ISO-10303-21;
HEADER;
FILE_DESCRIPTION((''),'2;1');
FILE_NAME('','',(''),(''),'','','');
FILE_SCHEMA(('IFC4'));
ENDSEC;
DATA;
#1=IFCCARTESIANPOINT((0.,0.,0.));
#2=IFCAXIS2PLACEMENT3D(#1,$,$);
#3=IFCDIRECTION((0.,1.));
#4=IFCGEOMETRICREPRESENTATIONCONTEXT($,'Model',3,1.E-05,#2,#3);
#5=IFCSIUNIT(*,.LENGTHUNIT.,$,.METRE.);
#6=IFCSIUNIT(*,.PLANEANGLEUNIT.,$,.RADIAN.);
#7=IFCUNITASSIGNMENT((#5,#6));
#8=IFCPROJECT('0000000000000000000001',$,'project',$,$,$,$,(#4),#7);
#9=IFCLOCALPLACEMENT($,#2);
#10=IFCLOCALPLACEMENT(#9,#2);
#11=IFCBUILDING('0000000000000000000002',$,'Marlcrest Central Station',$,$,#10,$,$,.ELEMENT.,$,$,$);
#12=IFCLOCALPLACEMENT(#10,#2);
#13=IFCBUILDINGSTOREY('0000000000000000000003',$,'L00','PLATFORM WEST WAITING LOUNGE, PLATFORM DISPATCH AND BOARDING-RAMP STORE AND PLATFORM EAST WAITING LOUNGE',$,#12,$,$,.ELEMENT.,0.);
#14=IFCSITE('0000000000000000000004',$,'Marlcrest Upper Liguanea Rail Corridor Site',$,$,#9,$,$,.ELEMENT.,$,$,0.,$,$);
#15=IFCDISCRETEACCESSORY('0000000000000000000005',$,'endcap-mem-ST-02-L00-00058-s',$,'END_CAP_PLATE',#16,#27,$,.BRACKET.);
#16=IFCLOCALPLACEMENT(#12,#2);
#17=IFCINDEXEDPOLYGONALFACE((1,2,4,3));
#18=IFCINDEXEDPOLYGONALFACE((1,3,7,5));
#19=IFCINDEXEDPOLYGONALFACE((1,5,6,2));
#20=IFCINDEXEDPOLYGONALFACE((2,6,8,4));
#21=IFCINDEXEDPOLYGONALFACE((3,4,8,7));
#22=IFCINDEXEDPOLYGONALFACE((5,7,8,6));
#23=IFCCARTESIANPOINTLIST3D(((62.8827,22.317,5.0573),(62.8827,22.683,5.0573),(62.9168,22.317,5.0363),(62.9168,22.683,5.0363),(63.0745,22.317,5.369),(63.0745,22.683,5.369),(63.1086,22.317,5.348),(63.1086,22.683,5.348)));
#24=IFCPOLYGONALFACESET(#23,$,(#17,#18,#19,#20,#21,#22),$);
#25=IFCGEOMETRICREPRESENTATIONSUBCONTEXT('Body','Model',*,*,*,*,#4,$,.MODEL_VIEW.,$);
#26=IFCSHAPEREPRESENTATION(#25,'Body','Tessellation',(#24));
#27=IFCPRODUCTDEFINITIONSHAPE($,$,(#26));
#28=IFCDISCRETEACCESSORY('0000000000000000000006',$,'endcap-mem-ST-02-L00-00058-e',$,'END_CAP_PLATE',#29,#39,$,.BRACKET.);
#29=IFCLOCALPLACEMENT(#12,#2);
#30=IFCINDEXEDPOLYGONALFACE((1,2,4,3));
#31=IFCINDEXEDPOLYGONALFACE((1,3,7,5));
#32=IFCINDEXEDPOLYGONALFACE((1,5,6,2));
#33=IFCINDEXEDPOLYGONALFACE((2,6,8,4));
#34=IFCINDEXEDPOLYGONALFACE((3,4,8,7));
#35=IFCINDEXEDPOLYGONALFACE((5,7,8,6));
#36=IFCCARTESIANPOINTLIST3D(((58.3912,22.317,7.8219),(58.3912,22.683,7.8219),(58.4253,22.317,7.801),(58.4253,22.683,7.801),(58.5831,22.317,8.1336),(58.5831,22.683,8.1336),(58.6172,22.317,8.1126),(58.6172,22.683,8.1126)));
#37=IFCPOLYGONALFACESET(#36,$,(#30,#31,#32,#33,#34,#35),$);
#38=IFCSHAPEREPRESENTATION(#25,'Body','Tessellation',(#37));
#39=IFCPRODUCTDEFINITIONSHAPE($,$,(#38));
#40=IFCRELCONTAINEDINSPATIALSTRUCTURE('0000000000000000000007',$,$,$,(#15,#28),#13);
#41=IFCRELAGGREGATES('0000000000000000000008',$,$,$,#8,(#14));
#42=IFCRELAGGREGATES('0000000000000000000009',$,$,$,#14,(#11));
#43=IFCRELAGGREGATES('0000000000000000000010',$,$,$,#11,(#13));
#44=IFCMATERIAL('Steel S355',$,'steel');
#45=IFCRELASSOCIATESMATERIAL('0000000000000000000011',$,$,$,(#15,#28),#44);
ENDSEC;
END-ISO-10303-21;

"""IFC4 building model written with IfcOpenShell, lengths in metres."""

from ifc_helpers import new_model, si_unit, direction, frame, origin, origin_2d, place, context, subcontext, project, spatial, rectangle, extrude, material, element, save


model = new_model("IFC4")

# Units and contexts
model_context = context("Model", 3, precision=1e-05, world=origin(), true_north=direction((0.0, 1.0)))
body_context = subcontext(model_context, "Body", "Model", "MODEL_VIEW")
ifc_project = project(units=[si_unit("LENGTHUNIT", "METRE"), si_unit("PLANEANGLEUNIT", "RADIAN")], contexts=[model_context])

# Site, building, storey
site_placement = place(None, origin())
site = spatial("IfcSite", under=ifc_project, at=site_placement, Name="Marlcrest Upper Liguanea Rail Corridor Site", CompositionType="ELEMENT", RefElevation=0.0)
building_placement = place(site_placement, origin())
building = spatial("IfcBuilding", under=site, at=building_placement, Name="Marlcrest Central Station", CompositionType="ELEMENT")
storey_placement = place(building_placement, origin())
storey = spatial("IfcBuildingStorey", under=building, at=storey_placement, Name="L00", Description="PLATFORM WEST WAITING LOUNGE, PLATFORM DISPATCH AND BOARDING-RAMP STORE AND PLATFORM EAST WAITING LOUNGE", CompositionType="ELEMENT", Elevation=0.0)

# Shared definitions
ifc_material_1 = material(Name="Steel S355", Category="steel")

# Discrete accessories
for number, where, z_axis, x_axis, name in (
    (1, (63.0127, 22.5, 5.1921), (-0.851592, 0.0, 0.524206), (0.0, -1.0, 0.0), "endcap-mem-ST-02-L00-00058-s"),
    (2, (58.5212, 22.5, 7.9568), (-0.851592, 0.0, 0.524206), (0.0, -1.0, 0.0), "endcap-mem-ST-02-L00-00058-e"),
):
    element("IfcDiscreteAccessory", number, at=place(storey_placement, frame(where, z_axis=z_axis, x_axis=x_axis)), inside=storey, material=ifc_material_1, Name=name, ObjectType="END_CAP_PLATE", PredefinedType="BRACKET", context=body_context, shape_type="SweptSolid", body=[
        extrude(rectangle(XDim=0.366, YDim=0.366, at=origin_2d()), origin(), (0.0, 0.0, 1.0), 0.04),
    ])

save(model, "model.ifc")
